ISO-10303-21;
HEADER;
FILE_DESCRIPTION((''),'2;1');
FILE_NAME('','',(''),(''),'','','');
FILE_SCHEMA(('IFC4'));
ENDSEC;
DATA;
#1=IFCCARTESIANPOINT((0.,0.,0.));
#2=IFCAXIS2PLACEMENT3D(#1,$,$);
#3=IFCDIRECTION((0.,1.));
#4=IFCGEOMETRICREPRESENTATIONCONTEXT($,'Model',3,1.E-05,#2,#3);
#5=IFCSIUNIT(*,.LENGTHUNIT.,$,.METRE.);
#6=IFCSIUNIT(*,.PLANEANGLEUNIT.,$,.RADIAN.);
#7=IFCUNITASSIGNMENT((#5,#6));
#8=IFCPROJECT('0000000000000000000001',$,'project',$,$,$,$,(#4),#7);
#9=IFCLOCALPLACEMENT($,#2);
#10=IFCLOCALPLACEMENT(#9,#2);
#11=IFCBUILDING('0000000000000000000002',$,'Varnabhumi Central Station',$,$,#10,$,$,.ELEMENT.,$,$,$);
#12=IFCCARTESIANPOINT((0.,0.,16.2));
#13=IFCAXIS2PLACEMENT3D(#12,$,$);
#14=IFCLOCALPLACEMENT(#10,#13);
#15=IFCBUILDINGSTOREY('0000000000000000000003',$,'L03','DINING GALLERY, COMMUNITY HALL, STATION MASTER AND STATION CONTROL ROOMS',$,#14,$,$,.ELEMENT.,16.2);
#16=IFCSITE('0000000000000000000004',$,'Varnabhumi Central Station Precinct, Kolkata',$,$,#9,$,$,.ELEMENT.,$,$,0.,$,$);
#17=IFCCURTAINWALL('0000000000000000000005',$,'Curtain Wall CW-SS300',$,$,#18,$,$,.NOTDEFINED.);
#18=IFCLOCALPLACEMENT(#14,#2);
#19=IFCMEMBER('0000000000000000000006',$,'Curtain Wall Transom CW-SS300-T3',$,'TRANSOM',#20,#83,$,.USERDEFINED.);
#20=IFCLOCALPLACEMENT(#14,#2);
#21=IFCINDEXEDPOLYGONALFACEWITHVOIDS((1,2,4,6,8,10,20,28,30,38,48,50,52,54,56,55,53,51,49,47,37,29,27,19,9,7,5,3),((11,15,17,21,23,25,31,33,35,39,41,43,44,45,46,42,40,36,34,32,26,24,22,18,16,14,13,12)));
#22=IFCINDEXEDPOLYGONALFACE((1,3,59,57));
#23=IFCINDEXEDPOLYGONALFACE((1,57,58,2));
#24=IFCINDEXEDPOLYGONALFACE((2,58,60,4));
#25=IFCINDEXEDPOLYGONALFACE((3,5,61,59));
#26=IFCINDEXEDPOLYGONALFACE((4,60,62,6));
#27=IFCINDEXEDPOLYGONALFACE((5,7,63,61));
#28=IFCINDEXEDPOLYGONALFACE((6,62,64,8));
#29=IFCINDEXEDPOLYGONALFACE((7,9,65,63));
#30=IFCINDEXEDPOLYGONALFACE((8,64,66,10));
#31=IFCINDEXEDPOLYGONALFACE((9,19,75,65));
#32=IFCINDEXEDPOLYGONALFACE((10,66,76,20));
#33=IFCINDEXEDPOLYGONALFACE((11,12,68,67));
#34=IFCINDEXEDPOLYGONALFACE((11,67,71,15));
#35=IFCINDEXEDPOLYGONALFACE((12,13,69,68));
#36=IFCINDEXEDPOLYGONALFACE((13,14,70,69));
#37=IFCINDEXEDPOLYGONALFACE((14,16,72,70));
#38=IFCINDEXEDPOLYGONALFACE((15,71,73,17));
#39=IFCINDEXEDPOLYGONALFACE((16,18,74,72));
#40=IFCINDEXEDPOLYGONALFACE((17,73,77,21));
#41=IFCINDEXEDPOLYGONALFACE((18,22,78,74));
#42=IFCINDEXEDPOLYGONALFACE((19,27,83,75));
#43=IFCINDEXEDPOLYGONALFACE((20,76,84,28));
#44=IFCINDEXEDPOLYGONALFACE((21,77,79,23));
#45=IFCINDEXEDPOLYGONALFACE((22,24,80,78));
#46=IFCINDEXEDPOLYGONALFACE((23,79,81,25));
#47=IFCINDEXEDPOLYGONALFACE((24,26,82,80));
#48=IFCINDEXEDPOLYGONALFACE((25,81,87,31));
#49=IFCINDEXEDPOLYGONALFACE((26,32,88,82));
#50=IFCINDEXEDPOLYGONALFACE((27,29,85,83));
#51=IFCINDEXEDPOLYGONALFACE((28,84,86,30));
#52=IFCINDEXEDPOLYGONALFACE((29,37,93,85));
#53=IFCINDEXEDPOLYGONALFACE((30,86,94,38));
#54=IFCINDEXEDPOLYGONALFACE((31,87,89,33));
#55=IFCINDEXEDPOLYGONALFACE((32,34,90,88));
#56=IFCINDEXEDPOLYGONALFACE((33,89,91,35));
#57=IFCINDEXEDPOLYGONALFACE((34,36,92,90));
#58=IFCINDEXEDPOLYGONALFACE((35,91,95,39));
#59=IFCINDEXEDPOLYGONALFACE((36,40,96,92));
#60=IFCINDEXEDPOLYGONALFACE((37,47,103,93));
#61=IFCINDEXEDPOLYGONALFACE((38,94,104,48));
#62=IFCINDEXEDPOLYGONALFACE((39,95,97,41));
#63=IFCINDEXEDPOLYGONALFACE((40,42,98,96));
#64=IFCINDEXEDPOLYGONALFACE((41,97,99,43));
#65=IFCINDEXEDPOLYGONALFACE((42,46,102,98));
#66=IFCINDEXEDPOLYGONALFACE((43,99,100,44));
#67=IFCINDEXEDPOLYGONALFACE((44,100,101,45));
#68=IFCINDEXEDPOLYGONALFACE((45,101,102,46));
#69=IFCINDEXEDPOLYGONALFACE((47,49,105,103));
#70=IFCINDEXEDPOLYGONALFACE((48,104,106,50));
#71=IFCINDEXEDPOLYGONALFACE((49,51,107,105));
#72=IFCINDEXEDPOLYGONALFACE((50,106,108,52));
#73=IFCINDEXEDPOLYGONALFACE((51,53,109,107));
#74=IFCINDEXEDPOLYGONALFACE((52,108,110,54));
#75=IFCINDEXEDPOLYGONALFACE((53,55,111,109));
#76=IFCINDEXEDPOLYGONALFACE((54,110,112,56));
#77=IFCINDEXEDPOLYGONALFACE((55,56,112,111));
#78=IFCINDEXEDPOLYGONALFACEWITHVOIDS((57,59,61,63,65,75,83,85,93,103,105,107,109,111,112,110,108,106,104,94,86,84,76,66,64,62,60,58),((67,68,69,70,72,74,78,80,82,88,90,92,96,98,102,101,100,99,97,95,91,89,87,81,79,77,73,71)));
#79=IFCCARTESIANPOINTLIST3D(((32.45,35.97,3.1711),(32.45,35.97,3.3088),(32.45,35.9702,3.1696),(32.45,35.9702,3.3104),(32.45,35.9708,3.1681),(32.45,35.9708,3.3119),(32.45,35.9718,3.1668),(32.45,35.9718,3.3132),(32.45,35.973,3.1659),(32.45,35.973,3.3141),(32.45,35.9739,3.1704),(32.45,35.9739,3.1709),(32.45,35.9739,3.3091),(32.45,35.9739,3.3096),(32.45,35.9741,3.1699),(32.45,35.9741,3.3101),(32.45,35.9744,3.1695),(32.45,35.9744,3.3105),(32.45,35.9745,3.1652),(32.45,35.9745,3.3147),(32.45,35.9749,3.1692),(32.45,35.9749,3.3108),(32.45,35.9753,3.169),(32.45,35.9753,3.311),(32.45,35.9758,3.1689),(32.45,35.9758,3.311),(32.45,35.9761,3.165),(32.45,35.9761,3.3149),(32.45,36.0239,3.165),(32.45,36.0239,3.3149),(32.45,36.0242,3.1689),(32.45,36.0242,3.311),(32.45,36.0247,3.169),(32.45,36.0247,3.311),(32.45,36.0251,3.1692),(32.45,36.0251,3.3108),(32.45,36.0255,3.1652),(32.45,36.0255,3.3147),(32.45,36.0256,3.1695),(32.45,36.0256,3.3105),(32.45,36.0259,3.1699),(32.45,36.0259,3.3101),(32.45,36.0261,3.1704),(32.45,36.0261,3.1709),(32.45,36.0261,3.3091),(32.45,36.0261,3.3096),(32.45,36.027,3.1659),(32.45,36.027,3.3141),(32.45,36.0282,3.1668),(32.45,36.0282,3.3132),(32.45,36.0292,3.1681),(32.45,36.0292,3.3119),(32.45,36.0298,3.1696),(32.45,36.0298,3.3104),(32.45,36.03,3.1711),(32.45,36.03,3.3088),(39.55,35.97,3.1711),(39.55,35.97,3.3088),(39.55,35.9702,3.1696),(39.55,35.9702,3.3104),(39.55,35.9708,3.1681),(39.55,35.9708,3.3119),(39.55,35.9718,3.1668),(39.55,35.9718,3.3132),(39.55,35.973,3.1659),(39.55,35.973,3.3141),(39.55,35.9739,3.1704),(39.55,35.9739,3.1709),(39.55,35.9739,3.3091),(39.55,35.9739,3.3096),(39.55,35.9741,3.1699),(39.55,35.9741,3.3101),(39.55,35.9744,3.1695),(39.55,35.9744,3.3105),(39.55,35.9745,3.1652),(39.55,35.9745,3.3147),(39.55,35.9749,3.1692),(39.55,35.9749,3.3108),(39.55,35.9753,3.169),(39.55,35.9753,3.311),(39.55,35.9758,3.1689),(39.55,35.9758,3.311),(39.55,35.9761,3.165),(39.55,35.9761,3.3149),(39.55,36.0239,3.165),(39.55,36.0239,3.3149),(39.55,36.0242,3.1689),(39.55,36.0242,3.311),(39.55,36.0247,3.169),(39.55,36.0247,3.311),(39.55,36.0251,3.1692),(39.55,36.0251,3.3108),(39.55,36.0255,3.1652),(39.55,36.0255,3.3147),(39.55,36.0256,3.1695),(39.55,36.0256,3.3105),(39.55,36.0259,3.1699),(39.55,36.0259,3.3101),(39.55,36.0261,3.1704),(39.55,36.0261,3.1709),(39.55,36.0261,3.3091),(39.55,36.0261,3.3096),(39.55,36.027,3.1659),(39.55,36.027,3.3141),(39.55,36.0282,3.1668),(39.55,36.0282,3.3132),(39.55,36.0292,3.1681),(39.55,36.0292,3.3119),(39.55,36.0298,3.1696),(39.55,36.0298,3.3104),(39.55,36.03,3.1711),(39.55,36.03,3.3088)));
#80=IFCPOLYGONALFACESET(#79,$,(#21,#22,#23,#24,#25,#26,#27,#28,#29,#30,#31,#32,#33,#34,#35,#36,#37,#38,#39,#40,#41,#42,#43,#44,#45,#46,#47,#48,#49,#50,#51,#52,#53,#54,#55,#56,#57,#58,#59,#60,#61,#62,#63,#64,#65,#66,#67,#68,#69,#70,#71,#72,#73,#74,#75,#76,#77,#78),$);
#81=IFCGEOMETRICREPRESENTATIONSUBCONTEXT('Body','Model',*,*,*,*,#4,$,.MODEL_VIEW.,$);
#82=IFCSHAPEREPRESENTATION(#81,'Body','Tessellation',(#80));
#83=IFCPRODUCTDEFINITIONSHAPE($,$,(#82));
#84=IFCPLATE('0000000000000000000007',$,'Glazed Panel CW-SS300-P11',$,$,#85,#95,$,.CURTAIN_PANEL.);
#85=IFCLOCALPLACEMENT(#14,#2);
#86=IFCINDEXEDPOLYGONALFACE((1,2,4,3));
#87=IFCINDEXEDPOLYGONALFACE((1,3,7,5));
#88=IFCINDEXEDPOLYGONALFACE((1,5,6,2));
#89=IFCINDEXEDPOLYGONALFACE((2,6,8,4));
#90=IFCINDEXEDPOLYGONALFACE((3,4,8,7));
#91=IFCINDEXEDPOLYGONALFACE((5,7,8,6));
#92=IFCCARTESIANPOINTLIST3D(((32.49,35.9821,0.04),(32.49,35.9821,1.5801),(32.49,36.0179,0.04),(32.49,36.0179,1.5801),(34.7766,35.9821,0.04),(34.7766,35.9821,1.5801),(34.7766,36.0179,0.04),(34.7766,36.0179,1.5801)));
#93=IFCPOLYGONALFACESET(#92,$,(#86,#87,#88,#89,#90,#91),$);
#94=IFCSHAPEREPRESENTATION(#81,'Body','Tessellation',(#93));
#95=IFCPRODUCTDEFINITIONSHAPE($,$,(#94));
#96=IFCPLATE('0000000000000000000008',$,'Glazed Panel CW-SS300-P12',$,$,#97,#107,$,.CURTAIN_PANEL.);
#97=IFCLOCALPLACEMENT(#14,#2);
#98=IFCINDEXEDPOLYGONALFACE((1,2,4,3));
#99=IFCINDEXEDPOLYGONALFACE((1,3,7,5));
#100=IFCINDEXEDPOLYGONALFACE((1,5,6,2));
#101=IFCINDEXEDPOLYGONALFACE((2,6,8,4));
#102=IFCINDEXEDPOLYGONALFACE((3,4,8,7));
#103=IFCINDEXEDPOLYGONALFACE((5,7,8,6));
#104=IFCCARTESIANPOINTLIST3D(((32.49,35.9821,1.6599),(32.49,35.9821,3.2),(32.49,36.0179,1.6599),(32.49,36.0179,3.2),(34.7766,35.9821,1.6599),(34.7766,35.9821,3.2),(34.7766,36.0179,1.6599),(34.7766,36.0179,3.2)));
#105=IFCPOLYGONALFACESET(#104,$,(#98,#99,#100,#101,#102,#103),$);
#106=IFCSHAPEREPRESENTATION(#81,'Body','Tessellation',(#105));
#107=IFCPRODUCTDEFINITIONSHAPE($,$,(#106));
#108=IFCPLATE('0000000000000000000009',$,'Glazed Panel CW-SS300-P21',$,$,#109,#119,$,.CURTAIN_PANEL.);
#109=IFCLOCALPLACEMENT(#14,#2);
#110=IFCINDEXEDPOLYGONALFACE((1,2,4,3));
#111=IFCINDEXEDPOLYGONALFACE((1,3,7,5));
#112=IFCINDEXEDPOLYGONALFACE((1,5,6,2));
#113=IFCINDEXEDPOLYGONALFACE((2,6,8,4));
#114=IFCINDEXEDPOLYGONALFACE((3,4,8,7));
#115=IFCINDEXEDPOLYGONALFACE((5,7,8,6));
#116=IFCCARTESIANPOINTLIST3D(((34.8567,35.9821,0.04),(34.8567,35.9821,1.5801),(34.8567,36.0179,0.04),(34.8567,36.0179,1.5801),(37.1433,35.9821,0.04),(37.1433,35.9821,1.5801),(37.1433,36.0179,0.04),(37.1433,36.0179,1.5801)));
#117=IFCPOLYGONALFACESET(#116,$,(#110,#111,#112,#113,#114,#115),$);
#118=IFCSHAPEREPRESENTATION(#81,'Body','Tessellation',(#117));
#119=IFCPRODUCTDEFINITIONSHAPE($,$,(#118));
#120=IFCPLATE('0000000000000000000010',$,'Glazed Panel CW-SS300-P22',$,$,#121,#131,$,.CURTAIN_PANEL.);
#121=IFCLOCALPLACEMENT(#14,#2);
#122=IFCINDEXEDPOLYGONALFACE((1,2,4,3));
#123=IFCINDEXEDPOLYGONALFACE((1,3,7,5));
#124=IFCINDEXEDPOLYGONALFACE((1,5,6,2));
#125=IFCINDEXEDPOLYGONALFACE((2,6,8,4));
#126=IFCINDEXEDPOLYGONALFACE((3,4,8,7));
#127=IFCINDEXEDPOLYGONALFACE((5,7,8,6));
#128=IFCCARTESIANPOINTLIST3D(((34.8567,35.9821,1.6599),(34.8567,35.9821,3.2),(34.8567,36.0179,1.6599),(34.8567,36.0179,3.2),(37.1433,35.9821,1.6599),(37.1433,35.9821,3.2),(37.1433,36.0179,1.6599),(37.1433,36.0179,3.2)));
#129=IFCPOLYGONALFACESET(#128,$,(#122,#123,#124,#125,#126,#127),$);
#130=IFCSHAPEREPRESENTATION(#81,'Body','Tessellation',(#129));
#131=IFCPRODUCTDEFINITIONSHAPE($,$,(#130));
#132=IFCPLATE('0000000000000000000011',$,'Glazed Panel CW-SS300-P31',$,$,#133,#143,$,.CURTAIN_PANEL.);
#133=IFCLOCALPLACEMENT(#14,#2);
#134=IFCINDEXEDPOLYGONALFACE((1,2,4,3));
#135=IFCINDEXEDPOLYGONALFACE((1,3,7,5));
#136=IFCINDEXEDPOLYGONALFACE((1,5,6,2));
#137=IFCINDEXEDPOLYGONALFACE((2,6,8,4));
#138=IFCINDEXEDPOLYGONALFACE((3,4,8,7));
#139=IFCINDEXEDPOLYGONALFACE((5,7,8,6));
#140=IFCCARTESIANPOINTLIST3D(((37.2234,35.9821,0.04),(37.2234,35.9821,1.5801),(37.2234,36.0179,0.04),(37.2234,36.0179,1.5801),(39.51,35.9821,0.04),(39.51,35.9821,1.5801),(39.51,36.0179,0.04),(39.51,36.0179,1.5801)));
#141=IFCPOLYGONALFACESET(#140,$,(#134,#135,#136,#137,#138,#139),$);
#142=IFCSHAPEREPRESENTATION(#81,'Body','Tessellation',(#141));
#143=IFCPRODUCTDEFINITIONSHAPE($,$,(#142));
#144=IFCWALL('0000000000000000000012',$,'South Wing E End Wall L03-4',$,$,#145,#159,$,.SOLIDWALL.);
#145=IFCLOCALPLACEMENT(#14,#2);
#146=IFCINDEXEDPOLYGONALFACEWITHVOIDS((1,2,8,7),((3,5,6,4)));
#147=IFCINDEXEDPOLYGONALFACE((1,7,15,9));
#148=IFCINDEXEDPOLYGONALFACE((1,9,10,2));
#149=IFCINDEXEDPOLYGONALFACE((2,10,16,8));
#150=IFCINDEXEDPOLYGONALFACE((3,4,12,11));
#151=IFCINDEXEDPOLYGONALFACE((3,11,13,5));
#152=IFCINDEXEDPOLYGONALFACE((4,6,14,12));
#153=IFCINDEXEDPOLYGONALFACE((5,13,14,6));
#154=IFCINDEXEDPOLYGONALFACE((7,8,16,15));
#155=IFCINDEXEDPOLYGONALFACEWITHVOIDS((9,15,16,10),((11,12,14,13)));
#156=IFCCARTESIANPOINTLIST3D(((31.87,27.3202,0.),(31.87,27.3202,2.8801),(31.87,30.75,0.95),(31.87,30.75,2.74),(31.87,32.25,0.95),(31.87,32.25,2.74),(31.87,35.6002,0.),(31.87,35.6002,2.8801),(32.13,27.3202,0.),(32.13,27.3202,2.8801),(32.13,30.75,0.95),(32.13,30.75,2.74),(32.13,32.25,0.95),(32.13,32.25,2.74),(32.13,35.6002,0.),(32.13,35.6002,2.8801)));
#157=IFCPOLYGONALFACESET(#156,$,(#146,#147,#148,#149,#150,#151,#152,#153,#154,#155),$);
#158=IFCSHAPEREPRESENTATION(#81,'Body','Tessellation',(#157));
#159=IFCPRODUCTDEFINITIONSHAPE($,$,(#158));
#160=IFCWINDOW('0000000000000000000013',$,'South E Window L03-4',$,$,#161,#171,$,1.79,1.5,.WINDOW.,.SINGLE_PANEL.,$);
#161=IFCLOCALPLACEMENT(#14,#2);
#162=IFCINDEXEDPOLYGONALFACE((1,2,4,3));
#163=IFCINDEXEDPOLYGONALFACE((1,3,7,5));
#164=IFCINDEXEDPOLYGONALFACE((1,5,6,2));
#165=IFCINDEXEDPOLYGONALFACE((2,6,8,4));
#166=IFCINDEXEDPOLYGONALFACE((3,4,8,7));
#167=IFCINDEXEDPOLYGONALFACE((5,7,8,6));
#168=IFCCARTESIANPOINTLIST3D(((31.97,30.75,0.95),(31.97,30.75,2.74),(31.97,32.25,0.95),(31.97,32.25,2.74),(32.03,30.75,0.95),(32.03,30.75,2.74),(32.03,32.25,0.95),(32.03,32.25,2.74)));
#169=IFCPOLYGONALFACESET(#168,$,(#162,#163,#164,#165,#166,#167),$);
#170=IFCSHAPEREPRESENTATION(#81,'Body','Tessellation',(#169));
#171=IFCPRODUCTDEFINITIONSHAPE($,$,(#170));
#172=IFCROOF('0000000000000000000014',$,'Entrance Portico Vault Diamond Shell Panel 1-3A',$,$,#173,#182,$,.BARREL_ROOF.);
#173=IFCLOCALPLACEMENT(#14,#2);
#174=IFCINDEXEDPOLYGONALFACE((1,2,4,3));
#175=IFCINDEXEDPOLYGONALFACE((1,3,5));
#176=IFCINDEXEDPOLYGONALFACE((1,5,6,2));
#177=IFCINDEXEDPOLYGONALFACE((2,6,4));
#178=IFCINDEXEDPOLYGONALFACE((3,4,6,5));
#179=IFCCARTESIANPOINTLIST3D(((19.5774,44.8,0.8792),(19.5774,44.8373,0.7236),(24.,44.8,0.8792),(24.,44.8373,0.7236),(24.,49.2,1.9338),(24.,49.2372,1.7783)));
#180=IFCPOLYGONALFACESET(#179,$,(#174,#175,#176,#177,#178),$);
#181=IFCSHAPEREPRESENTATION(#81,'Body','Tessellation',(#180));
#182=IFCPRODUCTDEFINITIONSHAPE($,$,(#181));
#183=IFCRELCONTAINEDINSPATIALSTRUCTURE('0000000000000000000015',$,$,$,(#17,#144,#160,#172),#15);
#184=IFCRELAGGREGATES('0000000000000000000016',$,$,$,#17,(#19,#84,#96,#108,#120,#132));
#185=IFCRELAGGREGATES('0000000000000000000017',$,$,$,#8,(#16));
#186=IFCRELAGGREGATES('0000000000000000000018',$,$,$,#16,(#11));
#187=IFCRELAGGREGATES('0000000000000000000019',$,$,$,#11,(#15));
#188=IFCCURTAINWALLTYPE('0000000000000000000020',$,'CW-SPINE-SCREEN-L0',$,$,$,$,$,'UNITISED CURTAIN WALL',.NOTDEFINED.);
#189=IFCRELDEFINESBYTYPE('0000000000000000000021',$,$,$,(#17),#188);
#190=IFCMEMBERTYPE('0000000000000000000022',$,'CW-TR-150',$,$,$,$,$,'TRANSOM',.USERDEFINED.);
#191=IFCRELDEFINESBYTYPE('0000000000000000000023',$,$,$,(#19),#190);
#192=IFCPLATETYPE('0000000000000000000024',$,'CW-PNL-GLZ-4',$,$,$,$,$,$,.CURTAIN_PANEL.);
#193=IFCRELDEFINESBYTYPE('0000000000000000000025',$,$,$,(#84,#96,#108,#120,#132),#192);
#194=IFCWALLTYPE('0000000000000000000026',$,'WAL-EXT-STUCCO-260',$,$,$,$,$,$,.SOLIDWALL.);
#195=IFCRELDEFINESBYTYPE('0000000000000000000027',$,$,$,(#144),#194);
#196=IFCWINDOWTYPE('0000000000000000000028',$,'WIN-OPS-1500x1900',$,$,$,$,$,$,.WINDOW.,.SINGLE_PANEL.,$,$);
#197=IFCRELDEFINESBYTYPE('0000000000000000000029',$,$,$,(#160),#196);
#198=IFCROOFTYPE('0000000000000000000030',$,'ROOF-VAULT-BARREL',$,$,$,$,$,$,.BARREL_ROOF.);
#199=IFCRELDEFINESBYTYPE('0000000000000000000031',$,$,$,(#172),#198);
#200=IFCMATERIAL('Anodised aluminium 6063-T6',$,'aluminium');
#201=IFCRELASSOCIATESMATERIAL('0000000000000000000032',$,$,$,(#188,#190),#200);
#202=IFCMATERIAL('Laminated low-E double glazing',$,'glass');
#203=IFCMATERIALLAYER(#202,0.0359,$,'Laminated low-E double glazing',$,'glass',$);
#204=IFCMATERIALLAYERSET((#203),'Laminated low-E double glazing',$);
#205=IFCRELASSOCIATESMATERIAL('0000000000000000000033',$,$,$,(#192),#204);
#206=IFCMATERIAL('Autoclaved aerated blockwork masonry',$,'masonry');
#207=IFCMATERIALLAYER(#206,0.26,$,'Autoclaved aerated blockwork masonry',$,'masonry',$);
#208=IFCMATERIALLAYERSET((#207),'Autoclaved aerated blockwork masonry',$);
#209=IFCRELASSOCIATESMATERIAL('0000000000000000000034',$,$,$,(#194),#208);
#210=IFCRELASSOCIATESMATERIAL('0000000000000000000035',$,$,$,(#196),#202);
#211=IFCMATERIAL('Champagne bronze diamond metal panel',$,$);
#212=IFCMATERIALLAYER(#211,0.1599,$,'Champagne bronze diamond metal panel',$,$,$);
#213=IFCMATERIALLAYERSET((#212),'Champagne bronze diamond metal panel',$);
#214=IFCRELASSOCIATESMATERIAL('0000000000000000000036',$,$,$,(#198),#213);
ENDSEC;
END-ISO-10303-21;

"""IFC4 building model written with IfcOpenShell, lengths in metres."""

from ifc_helpers import new_model, si_unit, direction, frame, frame_2d, origin, origin_2d, place, context, subcontext, project, spatial, polyline, rectangle, hollow_rectangle, outline, extrude, material, layer, layer_set, material_profile, profile_set, type_object, element, fill, aggregate, save


model = new_model("IFC4")

# Units and contexts
model_context = context("Model", 3, precision=1e-05, world=origin(), true_north=direction((0.0, 1.0)))
body_context = subcontext(model_context, "Body", "Model", "MODEL_VIEW")
ifc_project = project(units=[si_unit("LENGTHUNIT", "METRE"), si_unit("PLANEANGLEUNIT", "RADIAN")], contexts=[model_context])

# Site, building, storey
site_placement = place(None, origin())
site = spatial("IfcSite", under=ifc_project, at=site_placement, Name="Varnabhumi Central Station Precinct, Kolkata", CompositionType="ELEMENT", RefElevation=0.0)
building_placement = place(site_placement, origin())
building = spatial("IfcBuilding", under=site, at=building_placement, Name="Varnabhumi Central Station", CompositionType="ELEMENT")
storey_placement = place(building_placement, frame((0.0, 0.0, 16.2)))
storey = spatial("IfcBuildingStorey", under=building, at=storey_placement, Name="L03", Description="DINING GALLERY, COMMUNITY HALL, STATION MASTER AND STATION CONTROL ROOMS", CompositionType="ELEMENT", Elevation=16.2)

# Curtain wall, member, plates
ifc_material_1 = material(Name="Anodised aluminium 6063-T6", Category="aluminium")
curtain_wall_type = type_object("IfcCurtainWallType", Name="CW-SPINE-SCREEN-L0", ElementType="UNITISED CURTAIN WALL", PredefinedType="NOTDEFINED", material=ifc_material_1)
curtain_wall_placement = place(storey_placement, origin())
curtain_wall = element("IfcCurtainWall", 1, at=curtain_wall_placement, inside=storey, type_object=curtain_wall_type, Name="Curtain Wall CW-SS300", PredefinedType="NOTDEFINED")
ifc_material_profile_1 = material_profile(ifc_material_1, hollow_rectangle(XDim=0.0601, YDim=0.1499, WallThickness=0.0039, InnerFilletRadius=0.002, OuterFilletRadius=0.0061, at=origin_2d()), Name="Anodised aluminium 6063-T6", Category="aluminium")
ifc_profile_set_1 = profile_set([ifc_material_profile_1], Name="Anodised aluminium 6063-T6")
member_type_1 = type_object("IfcMemberType", Name="CW-TR-150", ElementType="TRANSOM", PredefinedType="USERDEFINED", material=ifc_profile_set_1)
member_1_placement = place(storey_placement, frame((32.45, 36.0, 3.24), z_axis=(1.0, 0.0, 0.0), x_axis=(0.0, 1.0, 0.0)))
member_1 = element("IfcMember", 2, at=member_1_placement, type_object=member_type_1, Name="Curtain Wall Transom CW-SS300-T3", ObjectType="TRANSOM", PredefinedType="USERDEFINED", context=body_context, shape_type="SweptSolid", body=[
    extrude(hollow_rectangle(XDim=0.0601, YDim=0.1499, WallThickness=0.0039, InnerFilletRadius=0.002, OuterFilletRadius=0.0061, at=origin_2d()), origin(), (0.0, 0.0, 1.0), 7.1001),
])
ifc_material_2 = material(Name="Laminated low-E double glazing", Category="glass")
ifc_layer_1 = layer(ifc_material_2, 0.0359, Name="Laminated low-E double glazing", Category="glass")
ifc_layer_set_1 = layer_set([ifc_layer_1], Name="Laminated low-E double glazing")
plate_type = type_object("IfcPlateType", Name="CW-PNL-GLZ-4", PredefinedType="CURTAIN_PANEL", material=ifc_layer_set_1)
plate_1_placement = place(storey_placement, frame((33.6333, 36.0, 0.04), z_axis=(0.0, 0.0, 1.0), x_axis=(1.0, 0.0, 0.0)))
plate_1 = element("IfcPlate", 3, at=plate_1_placement, type_object=plate_type, Name="Glazed Panel CW-SS300-P11", PredefinedType="CURTAIN_PANEL", context=body_context, shape_type="SweptSolid", body=[
    extrude(rectangle(XDim=2.2866, YDim=0.0359, at=origin_2d()), origin(), (0.0, 0.0, 1.0), 1.54),
])
plate_2_placement = place(storey_placement, frame((33.6333, 36.0, 1.6599), z_axis=(0.0, 0.0, 1.0), x_axis=(1.0, 0.0, 0.0)))
plate_2 = element("IfcPlate", 4, at=plate_2_placement, type_object=plate_type, Name="Glazed Panel CW-SS300-P12", PredefinedType="CURTAIN_PANEL", context=body_context, shape_type="SweptSolid", body=[
    extrude(rectangle(XDim=2.2866, YDim=0.0359, at=origin_2d()), origin(), (0.0, 0.0, 1.0), 1.54),
])
plate_3_placement = place(storey_placement, frame((36.0, 36.0, 0.04), z_axis=(0.0, 0.0, 1.0), x_axis=(1.0, 0.0, 0.0)))
plate_3 = element("IfcPlate", 5, at=plate_3_placement, type_object=plate_type, Name="Glazed Panel CW-SS300-P21", PredefinedType="CURTAIN_PANEL", context=body_context, shape_type="SweptSolid", body=[
    extrude(rectangle(XDim=2.2866, YDim=0.0359, at=origin_2d()), origin(), (0.0, 0.0, 1.0), 1.54),
])
plate_4_placement = place(storey_placement, frame((36.0, 36.0, 1.6599), z_axis=(0.0, 0.0, 1.0), x_axis=(1.0, 0.0, 0.0)))
plate_4 = element("IfcPlate", 6, at=plate_4_placement, type_object=plate_type, Name="Glazed Panel CW-SS300-P22", PredefinedType="CURTAIN_PANEL", context=body_context, shape_type="SweptSolid", body=[
    extrude(rectangle(XDim=2.2866, YDim=0.0359, at=origin_2d()), origin(), (0.0, 0.0, 1.0), 1.54),
])
plate_5_placement = place(storey_placement, frame((38.3667, 36.0, 0.04), z_axis=(0.0, 0.0, 1.0), x_axis=(1.0, 0.0, 0.0)))
plate_5 = element("IfcPlate", 7, at=plate_5_placement, type_object=plate_type, Name="Glazed Panel CW-SS300-P31", PredefinedType="CURTAIN_PANEL", context=body_context, shape_type="SweptSolid", body=[
    extrude(rectangle(XDim=2.2866, YDim=0.0359, at=origin_2d()), origin(), (0.0, 0.0, 1.0), 1.54),
])
aggregate(curtain_wall, [member_1, plate_1, plate_2, plate_3, plate_4, plate_5])

# Wall, opening, window
ifc_material_3 = material(Name="Autoclaved aerated blockwork masonry", Category="masonry")
ifc_layer_2 = layer(ifc_material_3, 0.26, Name="Autoclaved aerated blockwork masonry", Category="masonry")
ifc_layer_set_2 = layer_set([ifc_layer_2], Name="Autoclaved aerated blockwork masonry")
wall_type = type_object("IfcWallType", Name="WAL-EXT-STUCCO-260", PredefinedType="SOLIDWALL", material=ifc_layer_set_2)
wall_placement = place(storey_placement, frame((32.0, 27.3201, 0.0), z_axis=(0.0, 0.0, 1.0), x_axis=(0.0, 1.0, 0.0)))
wall = element("IfcWall", 8, at=wall_placement, inside=storey, type_object=wall_type, Name="South Wing E End Wall L03-4", PredefinedType="SOLIDWALL", context=body_context, shape_type="SweptSolid", body=[
    extrude(rectangle(XDim=8.28, YDim=0.26, at=frame_2d((4.1401, 0.0))), origin(), (0.0, 0.0, 1.0), 2.8801),
])
opening_placement = place(wall_placement, frame((3.4299, 0.0, 0.95)))
opening = element("IfcOpeningElement", 9, at=opening_placement, cuts=wall, PredefinedType="OPENING", context=body_context, shape_type="SweptSolid", body=[
    extrude(rectangle(XDim=1.5, YDim=1.79, at=frame_2d((0.75, 0.895))), frame((0.0, 0.1399, 0.0), z_axis=(0.0, -1.0, 0.0), x_axis=(1.0, 0.0, 0.0)), (0.0, 0.0, 1.0), 0.28),
])
window_type = type_object("IfcWindowType", Name="WIN-OPS-1500x1900", PartitioningType="SINGLE_PANEL", PredefinedType="WINDOW", material=ifc_material_2)
window_placement = place(opening_placement, origin())
window = element("IfcWindow", 10, at=window_placement, inside=storey, type_object=window_type, Name="South E Window L03-4", OverallHeight=1.79, OverallWidth=1.5, PartitioningType="SINGLE_PANEL", PredefinedType="WINDOW", context=body_context, shape_type="SweptSolid", body=[
    extrude(rectangle(XDim=1.5, YDim=1.79, at=frame_2d((0.75, 0.895))), frame((0.0, 0.03, 0.0), z_axis=(0.0, -1.0, 0.0), x_axis=(1.0, 0.0, 0.0)), (0.0, 0.0, 1.0), 0.0601),
])
fill(opening, window)

# Roof
ifc_material_4 = material(Name="Champagne bronze diamond metal panel")
ifc_layer_3 = layer(ifc_material_4, 0.1599, Name="Champagne bronze diamond metal panel")
ifc_layer_set_3 = layer_set([ifc_layer_3], Name="Champagne bronze diamond metal panel")
roof_type = type_object("IfcRoofType", Name="ROOF-VAULT-BARREL", PredefinedType="BARREL_ROOF", material=ifc_layer_set_3)
roof_1_placement = place(storey_placement, frame((19.5774, 44.8, 0.8792), z_axis=(0.0, -0.233104, 0.972452), x_axis=(1.0, 0.0, 0.0)))
element("IfcRoof", 11, at=roof_1_placement, inside=storey, type_object=roof_type, Name="Entrance Portico Vault Diamond Shell Panel 1-3A", PredefinedType="BARREL_ROOF", context=body_context, shape_type="SweptSolid", body=[
    extrude(outline(polyline([(0.0, 0.0), (4.4226, 0.0), (4.4226, 4.5245), (0.0, 0.0)])), origin(), (0.0, 0.0, -1.0), 0.1599),
])

save(model, "model.ifc")
